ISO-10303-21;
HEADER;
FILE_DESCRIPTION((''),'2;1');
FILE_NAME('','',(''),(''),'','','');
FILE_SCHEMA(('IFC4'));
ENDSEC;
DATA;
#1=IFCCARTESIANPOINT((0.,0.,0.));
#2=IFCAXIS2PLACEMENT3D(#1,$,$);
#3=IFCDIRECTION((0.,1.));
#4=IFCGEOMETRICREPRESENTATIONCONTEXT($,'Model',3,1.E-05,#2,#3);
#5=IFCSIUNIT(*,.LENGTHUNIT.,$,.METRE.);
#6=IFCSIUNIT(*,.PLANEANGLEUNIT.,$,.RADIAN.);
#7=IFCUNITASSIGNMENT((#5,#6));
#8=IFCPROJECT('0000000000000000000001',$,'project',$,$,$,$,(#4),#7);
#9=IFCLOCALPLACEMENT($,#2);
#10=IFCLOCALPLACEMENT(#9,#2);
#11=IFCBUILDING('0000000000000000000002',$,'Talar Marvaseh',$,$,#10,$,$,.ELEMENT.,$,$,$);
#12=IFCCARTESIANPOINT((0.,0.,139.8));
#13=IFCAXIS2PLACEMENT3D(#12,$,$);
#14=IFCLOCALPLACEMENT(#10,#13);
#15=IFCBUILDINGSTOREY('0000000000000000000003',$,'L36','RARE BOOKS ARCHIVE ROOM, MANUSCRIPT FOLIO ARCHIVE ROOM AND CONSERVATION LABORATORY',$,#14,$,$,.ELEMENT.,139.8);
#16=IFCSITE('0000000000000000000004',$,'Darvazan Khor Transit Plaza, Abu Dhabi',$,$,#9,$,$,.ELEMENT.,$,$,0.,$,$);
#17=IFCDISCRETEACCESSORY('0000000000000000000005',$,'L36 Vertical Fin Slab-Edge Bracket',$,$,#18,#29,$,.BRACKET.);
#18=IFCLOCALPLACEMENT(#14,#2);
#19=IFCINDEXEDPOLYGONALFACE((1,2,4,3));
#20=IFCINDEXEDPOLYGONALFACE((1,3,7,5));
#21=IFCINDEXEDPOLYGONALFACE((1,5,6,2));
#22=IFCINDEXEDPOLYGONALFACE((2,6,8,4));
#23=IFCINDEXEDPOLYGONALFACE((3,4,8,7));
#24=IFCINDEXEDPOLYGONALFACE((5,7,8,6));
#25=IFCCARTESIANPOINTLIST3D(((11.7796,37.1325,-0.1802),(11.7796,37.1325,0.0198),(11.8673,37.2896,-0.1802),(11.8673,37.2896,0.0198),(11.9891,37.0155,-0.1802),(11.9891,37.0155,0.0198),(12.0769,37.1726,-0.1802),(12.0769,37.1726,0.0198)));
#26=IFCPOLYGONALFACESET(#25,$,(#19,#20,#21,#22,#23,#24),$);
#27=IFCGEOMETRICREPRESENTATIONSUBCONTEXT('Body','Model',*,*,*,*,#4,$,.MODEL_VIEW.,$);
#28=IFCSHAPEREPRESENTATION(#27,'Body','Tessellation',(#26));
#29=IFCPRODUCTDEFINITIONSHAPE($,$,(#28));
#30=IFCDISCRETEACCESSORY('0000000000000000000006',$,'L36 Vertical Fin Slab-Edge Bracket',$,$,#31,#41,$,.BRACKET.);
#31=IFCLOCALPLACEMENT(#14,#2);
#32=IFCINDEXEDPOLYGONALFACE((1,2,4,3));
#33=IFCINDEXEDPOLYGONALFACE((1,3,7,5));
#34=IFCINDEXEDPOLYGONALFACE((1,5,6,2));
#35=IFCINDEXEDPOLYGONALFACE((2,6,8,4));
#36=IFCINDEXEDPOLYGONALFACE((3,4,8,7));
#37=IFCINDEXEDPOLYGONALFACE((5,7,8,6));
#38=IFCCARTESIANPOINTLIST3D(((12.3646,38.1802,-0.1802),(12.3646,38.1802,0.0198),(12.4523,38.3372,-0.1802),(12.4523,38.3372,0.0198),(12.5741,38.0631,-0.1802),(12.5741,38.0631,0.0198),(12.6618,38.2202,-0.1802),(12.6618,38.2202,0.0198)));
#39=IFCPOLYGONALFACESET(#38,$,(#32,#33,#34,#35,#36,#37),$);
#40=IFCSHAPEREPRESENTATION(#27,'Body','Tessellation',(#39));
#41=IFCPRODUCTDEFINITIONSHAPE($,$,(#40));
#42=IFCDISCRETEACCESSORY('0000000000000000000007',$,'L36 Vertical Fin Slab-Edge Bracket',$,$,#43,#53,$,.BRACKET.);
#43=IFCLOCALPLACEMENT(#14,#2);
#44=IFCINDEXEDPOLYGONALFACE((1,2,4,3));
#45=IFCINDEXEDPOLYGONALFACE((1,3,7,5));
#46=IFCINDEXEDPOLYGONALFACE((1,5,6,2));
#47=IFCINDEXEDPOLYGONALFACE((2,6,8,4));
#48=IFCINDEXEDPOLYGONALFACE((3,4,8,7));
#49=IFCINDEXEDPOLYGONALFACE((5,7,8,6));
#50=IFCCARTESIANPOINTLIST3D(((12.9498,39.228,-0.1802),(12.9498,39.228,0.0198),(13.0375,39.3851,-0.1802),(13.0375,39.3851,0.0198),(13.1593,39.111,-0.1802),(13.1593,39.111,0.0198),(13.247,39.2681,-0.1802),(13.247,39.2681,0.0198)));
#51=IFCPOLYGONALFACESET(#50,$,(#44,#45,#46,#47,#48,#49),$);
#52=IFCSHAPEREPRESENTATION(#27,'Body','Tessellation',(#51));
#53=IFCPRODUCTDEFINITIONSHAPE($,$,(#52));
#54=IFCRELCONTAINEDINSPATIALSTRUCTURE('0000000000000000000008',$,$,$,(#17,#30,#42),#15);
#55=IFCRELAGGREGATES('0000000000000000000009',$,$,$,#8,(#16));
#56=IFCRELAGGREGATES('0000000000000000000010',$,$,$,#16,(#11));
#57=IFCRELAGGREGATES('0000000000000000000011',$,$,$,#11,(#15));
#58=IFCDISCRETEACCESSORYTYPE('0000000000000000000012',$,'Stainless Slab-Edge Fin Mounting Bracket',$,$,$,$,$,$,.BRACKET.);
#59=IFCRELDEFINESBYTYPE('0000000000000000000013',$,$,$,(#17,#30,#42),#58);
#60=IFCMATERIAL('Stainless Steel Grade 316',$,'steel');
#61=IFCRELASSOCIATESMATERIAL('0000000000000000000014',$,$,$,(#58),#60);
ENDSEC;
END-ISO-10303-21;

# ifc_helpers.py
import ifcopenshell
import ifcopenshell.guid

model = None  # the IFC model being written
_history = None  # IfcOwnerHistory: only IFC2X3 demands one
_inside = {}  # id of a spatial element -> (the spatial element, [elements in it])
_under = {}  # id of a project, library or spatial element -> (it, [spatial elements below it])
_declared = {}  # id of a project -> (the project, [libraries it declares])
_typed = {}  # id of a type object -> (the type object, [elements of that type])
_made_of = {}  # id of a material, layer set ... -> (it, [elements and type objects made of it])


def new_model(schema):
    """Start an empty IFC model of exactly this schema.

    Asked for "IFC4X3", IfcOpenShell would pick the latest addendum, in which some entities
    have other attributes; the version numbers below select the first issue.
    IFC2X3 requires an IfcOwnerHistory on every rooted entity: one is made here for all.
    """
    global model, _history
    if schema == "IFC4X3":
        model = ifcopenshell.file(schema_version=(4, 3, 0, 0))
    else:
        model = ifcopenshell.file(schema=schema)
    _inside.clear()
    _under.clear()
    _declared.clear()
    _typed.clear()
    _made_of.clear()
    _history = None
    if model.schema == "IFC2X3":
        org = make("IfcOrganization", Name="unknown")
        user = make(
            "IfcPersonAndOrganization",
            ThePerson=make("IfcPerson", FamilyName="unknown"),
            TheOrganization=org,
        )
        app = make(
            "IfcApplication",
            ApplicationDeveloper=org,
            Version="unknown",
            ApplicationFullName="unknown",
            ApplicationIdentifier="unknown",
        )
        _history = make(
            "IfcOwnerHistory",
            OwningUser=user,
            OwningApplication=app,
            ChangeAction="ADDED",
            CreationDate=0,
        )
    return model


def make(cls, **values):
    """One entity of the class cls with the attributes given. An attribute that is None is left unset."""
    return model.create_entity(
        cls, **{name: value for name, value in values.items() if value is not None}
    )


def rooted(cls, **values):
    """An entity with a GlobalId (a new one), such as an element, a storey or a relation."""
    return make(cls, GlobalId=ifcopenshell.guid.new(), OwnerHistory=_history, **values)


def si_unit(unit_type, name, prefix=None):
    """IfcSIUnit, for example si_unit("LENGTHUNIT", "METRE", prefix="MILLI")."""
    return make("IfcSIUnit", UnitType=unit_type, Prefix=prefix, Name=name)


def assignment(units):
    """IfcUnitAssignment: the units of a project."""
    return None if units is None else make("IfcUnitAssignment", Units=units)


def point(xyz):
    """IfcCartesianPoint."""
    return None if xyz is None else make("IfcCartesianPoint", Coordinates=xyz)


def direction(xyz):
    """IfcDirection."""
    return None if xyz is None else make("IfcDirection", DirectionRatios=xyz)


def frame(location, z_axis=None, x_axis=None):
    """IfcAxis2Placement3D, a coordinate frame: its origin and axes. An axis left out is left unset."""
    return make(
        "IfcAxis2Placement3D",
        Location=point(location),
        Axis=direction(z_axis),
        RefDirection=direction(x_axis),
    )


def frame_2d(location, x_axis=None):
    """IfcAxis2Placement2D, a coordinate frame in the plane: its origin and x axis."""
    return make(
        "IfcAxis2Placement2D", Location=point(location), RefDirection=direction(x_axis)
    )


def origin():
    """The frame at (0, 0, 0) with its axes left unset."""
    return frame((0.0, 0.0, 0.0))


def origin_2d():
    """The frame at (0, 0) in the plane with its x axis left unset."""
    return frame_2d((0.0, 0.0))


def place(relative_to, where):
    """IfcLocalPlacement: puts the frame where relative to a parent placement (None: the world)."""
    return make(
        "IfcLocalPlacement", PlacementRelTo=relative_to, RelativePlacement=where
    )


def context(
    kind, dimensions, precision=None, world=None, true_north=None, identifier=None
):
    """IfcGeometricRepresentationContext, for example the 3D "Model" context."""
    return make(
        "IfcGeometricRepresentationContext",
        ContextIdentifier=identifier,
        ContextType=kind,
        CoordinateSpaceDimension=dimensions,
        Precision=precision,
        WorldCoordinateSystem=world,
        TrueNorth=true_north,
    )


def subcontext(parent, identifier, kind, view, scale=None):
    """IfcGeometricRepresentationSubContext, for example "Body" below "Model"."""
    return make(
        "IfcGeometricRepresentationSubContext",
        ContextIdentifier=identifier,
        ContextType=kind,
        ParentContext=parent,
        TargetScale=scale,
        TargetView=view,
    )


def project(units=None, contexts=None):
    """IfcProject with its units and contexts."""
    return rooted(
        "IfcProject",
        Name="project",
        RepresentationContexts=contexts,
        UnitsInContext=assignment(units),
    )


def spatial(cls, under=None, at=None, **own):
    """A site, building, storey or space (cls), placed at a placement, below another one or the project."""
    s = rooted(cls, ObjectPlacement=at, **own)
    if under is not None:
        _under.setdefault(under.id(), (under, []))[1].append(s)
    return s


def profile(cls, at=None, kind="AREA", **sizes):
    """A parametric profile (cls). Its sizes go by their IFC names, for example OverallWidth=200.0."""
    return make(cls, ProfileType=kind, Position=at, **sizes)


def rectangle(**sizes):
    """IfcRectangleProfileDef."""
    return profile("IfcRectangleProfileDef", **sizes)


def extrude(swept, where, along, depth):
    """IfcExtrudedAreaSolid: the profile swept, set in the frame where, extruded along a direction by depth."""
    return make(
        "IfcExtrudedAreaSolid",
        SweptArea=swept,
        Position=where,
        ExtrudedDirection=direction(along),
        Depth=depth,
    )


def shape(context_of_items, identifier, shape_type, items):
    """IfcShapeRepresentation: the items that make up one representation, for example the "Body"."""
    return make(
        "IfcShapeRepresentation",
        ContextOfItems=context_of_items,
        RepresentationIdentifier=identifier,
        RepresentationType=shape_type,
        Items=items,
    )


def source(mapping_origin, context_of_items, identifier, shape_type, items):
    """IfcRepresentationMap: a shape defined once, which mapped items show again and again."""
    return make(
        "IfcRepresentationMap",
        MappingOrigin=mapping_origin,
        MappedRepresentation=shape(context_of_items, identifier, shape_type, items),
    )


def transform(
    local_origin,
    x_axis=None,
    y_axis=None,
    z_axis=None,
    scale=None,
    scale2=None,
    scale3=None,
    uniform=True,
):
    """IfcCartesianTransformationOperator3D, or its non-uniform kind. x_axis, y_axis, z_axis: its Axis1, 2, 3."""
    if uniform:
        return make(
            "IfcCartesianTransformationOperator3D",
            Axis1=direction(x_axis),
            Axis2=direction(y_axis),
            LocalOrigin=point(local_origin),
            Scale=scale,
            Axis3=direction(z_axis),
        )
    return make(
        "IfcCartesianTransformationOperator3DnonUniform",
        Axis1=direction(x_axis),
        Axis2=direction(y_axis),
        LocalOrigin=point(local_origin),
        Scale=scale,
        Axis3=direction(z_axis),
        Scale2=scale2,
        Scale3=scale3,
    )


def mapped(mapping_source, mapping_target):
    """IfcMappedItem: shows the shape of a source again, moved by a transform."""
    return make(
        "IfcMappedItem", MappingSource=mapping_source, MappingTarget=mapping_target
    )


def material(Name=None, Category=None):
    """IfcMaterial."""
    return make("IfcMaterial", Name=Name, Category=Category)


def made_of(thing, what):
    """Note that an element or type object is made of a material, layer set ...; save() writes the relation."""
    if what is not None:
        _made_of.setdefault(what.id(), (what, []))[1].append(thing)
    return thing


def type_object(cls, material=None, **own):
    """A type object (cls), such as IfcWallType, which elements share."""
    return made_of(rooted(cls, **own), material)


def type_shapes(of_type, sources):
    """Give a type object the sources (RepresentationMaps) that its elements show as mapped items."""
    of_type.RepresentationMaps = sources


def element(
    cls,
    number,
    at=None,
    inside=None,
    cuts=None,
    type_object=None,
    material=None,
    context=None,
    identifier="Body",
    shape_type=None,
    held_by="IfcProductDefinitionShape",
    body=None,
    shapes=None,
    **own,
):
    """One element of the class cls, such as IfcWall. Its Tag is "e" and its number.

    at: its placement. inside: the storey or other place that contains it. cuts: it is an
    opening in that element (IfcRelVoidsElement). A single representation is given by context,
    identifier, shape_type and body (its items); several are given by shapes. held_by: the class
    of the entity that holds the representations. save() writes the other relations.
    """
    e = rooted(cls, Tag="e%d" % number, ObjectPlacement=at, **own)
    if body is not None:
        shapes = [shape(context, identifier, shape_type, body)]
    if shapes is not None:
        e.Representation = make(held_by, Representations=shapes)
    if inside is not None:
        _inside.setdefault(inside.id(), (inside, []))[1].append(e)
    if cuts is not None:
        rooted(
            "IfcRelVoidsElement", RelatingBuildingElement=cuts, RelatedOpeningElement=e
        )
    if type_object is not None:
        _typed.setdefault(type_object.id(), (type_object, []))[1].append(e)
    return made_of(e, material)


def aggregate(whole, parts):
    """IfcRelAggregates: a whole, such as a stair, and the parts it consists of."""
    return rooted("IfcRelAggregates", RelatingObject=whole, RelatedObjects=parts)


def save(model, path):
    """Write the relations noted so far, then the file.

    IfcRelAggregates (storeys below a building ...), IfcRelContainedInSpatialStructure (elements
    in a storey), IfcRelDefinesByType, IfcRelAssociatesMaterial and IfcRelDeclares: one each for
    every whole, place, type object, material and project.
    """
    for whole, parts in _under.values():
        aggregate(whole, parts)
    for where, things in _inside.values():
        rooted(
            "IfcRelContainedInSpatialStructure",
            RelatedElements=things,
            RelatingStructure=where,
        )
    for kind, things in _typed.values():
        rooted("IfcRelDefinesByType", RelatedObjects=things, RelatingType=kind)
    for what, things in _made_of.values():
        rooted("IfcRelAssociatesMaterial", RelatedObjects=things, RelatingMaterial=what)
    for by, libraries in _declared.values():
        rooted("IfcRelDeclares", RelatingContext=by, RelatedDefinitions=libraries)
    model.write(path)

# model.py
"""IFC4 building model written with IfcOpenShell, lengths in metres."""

from ifc_helpers import new_model, si_unit, direction, frame, origin, origin_2d, place, context, subcontext, project, spatial, rectangle, extrude, source, transform, mapped, material, type_object, type_shapes, element, save


model = new_model("IFC4")

# Units and contexts
model_context = context("Model", 3, precision=1e-05, world=origin(), true_north=direction((0.0, 1.0)))
body_context = subcontext(model_context, "Body", "Model", "MODEL_VIEW")
ifc_project = project(units=[si_unit("LENGTHUNIT", "METRE"), si_unit("PLANEANGLEUNIT", "RADIAN")], contexts=[model_context])

# Site, building, storey
site_placement = place(None, origin())
site = spatial("IfcSite", under=ifc_project, at=site_placement, Name="Darvazan Khor Transit Plaza, Abu Dhabi", CompositionType="ELEMENT", RefElevation=0.0)
building_placement = place(site_placement, origin())
building = spatial("IfcBuilding", under=site, at=building_placement, Name="Talar Marvaseh", CompositionType="ELEMENT")
storey_placement = place(building_placement, frame((0.0, 0.0, 139.8)))
storey = spatial("IfcBuildingStorey", under=building, at=storey_placement, Name="L36", Description="RARE BOOKS ARCHIVE ROOM, MANUSCRIPT FOLIO ARCHIVE ROOM AND CONSERVATION LABORATORY", CompositionType="ELEMENT", Elevation=139.8)

# Discrete accessories
ifc_material_1 = material(Name="Stainless Steel Grade 316", Category="steel")
discrete_accessory_type = type_object("IfcDiscreteAccessoryType", Name="Stainless Slab-Edge Fin Mounting Bracket", PredefinedType="BRACKET", material=ifc_material_1)
shared_shape_1 = source(origin(), body_context, "Body", "SweptSolid", [
    extrude(rectangle(XDim=0.24, YDim=0.1799, at=origin_2d()), origin(), (0.0, 0.0, 1.0), 0.2),
])
type_shapes(discrete_accessory_type, [shared_shape_1])
for number, where, z_axis, x_axis, name in (
    (1, (11.9282, 37.1526, -0.1802), (0.0, 0.0, 1.0), (-0.873092, 0.487555, 0.0), "L36 Vertical Fin Slab-Edge Bracket"),
    (2, (12.5132, 38.2002, -0.1802), (0.0, 0.0, 1.0), (-0.873092, 0.487555, 0.0), "L36 Vertical Fin Slab-Edge Bracket"),
    (3, (13.0984, 39.248, -0.1802), (0.0, 0.0, 1.0), (-0.873092, 0.487555, 0.0), "L36 Vertical Fin Slab-Edge Bracket"),
):
    element("IfcDiscreteAccessory", number, at=place(storey_placement, frame(where, z_axis=z_axis, x_axis=x_axis)), inside=storey, type_object=discrete_accessory_type, Name=name, PredefinedType="BRACKET", context=body_context, shape_type="MappedRepresentation", body=[
        mapped(shared_shape_1, transform((0.0, 0.0, 0.0), x_axis=(1.0, 0.0, 0.0), y_axis=(0.0, 1.0, 0.0), z_axis=(0.0, 0.0, 1.0), scale=1.0)),
    ])

save(model, "model.ifc")
